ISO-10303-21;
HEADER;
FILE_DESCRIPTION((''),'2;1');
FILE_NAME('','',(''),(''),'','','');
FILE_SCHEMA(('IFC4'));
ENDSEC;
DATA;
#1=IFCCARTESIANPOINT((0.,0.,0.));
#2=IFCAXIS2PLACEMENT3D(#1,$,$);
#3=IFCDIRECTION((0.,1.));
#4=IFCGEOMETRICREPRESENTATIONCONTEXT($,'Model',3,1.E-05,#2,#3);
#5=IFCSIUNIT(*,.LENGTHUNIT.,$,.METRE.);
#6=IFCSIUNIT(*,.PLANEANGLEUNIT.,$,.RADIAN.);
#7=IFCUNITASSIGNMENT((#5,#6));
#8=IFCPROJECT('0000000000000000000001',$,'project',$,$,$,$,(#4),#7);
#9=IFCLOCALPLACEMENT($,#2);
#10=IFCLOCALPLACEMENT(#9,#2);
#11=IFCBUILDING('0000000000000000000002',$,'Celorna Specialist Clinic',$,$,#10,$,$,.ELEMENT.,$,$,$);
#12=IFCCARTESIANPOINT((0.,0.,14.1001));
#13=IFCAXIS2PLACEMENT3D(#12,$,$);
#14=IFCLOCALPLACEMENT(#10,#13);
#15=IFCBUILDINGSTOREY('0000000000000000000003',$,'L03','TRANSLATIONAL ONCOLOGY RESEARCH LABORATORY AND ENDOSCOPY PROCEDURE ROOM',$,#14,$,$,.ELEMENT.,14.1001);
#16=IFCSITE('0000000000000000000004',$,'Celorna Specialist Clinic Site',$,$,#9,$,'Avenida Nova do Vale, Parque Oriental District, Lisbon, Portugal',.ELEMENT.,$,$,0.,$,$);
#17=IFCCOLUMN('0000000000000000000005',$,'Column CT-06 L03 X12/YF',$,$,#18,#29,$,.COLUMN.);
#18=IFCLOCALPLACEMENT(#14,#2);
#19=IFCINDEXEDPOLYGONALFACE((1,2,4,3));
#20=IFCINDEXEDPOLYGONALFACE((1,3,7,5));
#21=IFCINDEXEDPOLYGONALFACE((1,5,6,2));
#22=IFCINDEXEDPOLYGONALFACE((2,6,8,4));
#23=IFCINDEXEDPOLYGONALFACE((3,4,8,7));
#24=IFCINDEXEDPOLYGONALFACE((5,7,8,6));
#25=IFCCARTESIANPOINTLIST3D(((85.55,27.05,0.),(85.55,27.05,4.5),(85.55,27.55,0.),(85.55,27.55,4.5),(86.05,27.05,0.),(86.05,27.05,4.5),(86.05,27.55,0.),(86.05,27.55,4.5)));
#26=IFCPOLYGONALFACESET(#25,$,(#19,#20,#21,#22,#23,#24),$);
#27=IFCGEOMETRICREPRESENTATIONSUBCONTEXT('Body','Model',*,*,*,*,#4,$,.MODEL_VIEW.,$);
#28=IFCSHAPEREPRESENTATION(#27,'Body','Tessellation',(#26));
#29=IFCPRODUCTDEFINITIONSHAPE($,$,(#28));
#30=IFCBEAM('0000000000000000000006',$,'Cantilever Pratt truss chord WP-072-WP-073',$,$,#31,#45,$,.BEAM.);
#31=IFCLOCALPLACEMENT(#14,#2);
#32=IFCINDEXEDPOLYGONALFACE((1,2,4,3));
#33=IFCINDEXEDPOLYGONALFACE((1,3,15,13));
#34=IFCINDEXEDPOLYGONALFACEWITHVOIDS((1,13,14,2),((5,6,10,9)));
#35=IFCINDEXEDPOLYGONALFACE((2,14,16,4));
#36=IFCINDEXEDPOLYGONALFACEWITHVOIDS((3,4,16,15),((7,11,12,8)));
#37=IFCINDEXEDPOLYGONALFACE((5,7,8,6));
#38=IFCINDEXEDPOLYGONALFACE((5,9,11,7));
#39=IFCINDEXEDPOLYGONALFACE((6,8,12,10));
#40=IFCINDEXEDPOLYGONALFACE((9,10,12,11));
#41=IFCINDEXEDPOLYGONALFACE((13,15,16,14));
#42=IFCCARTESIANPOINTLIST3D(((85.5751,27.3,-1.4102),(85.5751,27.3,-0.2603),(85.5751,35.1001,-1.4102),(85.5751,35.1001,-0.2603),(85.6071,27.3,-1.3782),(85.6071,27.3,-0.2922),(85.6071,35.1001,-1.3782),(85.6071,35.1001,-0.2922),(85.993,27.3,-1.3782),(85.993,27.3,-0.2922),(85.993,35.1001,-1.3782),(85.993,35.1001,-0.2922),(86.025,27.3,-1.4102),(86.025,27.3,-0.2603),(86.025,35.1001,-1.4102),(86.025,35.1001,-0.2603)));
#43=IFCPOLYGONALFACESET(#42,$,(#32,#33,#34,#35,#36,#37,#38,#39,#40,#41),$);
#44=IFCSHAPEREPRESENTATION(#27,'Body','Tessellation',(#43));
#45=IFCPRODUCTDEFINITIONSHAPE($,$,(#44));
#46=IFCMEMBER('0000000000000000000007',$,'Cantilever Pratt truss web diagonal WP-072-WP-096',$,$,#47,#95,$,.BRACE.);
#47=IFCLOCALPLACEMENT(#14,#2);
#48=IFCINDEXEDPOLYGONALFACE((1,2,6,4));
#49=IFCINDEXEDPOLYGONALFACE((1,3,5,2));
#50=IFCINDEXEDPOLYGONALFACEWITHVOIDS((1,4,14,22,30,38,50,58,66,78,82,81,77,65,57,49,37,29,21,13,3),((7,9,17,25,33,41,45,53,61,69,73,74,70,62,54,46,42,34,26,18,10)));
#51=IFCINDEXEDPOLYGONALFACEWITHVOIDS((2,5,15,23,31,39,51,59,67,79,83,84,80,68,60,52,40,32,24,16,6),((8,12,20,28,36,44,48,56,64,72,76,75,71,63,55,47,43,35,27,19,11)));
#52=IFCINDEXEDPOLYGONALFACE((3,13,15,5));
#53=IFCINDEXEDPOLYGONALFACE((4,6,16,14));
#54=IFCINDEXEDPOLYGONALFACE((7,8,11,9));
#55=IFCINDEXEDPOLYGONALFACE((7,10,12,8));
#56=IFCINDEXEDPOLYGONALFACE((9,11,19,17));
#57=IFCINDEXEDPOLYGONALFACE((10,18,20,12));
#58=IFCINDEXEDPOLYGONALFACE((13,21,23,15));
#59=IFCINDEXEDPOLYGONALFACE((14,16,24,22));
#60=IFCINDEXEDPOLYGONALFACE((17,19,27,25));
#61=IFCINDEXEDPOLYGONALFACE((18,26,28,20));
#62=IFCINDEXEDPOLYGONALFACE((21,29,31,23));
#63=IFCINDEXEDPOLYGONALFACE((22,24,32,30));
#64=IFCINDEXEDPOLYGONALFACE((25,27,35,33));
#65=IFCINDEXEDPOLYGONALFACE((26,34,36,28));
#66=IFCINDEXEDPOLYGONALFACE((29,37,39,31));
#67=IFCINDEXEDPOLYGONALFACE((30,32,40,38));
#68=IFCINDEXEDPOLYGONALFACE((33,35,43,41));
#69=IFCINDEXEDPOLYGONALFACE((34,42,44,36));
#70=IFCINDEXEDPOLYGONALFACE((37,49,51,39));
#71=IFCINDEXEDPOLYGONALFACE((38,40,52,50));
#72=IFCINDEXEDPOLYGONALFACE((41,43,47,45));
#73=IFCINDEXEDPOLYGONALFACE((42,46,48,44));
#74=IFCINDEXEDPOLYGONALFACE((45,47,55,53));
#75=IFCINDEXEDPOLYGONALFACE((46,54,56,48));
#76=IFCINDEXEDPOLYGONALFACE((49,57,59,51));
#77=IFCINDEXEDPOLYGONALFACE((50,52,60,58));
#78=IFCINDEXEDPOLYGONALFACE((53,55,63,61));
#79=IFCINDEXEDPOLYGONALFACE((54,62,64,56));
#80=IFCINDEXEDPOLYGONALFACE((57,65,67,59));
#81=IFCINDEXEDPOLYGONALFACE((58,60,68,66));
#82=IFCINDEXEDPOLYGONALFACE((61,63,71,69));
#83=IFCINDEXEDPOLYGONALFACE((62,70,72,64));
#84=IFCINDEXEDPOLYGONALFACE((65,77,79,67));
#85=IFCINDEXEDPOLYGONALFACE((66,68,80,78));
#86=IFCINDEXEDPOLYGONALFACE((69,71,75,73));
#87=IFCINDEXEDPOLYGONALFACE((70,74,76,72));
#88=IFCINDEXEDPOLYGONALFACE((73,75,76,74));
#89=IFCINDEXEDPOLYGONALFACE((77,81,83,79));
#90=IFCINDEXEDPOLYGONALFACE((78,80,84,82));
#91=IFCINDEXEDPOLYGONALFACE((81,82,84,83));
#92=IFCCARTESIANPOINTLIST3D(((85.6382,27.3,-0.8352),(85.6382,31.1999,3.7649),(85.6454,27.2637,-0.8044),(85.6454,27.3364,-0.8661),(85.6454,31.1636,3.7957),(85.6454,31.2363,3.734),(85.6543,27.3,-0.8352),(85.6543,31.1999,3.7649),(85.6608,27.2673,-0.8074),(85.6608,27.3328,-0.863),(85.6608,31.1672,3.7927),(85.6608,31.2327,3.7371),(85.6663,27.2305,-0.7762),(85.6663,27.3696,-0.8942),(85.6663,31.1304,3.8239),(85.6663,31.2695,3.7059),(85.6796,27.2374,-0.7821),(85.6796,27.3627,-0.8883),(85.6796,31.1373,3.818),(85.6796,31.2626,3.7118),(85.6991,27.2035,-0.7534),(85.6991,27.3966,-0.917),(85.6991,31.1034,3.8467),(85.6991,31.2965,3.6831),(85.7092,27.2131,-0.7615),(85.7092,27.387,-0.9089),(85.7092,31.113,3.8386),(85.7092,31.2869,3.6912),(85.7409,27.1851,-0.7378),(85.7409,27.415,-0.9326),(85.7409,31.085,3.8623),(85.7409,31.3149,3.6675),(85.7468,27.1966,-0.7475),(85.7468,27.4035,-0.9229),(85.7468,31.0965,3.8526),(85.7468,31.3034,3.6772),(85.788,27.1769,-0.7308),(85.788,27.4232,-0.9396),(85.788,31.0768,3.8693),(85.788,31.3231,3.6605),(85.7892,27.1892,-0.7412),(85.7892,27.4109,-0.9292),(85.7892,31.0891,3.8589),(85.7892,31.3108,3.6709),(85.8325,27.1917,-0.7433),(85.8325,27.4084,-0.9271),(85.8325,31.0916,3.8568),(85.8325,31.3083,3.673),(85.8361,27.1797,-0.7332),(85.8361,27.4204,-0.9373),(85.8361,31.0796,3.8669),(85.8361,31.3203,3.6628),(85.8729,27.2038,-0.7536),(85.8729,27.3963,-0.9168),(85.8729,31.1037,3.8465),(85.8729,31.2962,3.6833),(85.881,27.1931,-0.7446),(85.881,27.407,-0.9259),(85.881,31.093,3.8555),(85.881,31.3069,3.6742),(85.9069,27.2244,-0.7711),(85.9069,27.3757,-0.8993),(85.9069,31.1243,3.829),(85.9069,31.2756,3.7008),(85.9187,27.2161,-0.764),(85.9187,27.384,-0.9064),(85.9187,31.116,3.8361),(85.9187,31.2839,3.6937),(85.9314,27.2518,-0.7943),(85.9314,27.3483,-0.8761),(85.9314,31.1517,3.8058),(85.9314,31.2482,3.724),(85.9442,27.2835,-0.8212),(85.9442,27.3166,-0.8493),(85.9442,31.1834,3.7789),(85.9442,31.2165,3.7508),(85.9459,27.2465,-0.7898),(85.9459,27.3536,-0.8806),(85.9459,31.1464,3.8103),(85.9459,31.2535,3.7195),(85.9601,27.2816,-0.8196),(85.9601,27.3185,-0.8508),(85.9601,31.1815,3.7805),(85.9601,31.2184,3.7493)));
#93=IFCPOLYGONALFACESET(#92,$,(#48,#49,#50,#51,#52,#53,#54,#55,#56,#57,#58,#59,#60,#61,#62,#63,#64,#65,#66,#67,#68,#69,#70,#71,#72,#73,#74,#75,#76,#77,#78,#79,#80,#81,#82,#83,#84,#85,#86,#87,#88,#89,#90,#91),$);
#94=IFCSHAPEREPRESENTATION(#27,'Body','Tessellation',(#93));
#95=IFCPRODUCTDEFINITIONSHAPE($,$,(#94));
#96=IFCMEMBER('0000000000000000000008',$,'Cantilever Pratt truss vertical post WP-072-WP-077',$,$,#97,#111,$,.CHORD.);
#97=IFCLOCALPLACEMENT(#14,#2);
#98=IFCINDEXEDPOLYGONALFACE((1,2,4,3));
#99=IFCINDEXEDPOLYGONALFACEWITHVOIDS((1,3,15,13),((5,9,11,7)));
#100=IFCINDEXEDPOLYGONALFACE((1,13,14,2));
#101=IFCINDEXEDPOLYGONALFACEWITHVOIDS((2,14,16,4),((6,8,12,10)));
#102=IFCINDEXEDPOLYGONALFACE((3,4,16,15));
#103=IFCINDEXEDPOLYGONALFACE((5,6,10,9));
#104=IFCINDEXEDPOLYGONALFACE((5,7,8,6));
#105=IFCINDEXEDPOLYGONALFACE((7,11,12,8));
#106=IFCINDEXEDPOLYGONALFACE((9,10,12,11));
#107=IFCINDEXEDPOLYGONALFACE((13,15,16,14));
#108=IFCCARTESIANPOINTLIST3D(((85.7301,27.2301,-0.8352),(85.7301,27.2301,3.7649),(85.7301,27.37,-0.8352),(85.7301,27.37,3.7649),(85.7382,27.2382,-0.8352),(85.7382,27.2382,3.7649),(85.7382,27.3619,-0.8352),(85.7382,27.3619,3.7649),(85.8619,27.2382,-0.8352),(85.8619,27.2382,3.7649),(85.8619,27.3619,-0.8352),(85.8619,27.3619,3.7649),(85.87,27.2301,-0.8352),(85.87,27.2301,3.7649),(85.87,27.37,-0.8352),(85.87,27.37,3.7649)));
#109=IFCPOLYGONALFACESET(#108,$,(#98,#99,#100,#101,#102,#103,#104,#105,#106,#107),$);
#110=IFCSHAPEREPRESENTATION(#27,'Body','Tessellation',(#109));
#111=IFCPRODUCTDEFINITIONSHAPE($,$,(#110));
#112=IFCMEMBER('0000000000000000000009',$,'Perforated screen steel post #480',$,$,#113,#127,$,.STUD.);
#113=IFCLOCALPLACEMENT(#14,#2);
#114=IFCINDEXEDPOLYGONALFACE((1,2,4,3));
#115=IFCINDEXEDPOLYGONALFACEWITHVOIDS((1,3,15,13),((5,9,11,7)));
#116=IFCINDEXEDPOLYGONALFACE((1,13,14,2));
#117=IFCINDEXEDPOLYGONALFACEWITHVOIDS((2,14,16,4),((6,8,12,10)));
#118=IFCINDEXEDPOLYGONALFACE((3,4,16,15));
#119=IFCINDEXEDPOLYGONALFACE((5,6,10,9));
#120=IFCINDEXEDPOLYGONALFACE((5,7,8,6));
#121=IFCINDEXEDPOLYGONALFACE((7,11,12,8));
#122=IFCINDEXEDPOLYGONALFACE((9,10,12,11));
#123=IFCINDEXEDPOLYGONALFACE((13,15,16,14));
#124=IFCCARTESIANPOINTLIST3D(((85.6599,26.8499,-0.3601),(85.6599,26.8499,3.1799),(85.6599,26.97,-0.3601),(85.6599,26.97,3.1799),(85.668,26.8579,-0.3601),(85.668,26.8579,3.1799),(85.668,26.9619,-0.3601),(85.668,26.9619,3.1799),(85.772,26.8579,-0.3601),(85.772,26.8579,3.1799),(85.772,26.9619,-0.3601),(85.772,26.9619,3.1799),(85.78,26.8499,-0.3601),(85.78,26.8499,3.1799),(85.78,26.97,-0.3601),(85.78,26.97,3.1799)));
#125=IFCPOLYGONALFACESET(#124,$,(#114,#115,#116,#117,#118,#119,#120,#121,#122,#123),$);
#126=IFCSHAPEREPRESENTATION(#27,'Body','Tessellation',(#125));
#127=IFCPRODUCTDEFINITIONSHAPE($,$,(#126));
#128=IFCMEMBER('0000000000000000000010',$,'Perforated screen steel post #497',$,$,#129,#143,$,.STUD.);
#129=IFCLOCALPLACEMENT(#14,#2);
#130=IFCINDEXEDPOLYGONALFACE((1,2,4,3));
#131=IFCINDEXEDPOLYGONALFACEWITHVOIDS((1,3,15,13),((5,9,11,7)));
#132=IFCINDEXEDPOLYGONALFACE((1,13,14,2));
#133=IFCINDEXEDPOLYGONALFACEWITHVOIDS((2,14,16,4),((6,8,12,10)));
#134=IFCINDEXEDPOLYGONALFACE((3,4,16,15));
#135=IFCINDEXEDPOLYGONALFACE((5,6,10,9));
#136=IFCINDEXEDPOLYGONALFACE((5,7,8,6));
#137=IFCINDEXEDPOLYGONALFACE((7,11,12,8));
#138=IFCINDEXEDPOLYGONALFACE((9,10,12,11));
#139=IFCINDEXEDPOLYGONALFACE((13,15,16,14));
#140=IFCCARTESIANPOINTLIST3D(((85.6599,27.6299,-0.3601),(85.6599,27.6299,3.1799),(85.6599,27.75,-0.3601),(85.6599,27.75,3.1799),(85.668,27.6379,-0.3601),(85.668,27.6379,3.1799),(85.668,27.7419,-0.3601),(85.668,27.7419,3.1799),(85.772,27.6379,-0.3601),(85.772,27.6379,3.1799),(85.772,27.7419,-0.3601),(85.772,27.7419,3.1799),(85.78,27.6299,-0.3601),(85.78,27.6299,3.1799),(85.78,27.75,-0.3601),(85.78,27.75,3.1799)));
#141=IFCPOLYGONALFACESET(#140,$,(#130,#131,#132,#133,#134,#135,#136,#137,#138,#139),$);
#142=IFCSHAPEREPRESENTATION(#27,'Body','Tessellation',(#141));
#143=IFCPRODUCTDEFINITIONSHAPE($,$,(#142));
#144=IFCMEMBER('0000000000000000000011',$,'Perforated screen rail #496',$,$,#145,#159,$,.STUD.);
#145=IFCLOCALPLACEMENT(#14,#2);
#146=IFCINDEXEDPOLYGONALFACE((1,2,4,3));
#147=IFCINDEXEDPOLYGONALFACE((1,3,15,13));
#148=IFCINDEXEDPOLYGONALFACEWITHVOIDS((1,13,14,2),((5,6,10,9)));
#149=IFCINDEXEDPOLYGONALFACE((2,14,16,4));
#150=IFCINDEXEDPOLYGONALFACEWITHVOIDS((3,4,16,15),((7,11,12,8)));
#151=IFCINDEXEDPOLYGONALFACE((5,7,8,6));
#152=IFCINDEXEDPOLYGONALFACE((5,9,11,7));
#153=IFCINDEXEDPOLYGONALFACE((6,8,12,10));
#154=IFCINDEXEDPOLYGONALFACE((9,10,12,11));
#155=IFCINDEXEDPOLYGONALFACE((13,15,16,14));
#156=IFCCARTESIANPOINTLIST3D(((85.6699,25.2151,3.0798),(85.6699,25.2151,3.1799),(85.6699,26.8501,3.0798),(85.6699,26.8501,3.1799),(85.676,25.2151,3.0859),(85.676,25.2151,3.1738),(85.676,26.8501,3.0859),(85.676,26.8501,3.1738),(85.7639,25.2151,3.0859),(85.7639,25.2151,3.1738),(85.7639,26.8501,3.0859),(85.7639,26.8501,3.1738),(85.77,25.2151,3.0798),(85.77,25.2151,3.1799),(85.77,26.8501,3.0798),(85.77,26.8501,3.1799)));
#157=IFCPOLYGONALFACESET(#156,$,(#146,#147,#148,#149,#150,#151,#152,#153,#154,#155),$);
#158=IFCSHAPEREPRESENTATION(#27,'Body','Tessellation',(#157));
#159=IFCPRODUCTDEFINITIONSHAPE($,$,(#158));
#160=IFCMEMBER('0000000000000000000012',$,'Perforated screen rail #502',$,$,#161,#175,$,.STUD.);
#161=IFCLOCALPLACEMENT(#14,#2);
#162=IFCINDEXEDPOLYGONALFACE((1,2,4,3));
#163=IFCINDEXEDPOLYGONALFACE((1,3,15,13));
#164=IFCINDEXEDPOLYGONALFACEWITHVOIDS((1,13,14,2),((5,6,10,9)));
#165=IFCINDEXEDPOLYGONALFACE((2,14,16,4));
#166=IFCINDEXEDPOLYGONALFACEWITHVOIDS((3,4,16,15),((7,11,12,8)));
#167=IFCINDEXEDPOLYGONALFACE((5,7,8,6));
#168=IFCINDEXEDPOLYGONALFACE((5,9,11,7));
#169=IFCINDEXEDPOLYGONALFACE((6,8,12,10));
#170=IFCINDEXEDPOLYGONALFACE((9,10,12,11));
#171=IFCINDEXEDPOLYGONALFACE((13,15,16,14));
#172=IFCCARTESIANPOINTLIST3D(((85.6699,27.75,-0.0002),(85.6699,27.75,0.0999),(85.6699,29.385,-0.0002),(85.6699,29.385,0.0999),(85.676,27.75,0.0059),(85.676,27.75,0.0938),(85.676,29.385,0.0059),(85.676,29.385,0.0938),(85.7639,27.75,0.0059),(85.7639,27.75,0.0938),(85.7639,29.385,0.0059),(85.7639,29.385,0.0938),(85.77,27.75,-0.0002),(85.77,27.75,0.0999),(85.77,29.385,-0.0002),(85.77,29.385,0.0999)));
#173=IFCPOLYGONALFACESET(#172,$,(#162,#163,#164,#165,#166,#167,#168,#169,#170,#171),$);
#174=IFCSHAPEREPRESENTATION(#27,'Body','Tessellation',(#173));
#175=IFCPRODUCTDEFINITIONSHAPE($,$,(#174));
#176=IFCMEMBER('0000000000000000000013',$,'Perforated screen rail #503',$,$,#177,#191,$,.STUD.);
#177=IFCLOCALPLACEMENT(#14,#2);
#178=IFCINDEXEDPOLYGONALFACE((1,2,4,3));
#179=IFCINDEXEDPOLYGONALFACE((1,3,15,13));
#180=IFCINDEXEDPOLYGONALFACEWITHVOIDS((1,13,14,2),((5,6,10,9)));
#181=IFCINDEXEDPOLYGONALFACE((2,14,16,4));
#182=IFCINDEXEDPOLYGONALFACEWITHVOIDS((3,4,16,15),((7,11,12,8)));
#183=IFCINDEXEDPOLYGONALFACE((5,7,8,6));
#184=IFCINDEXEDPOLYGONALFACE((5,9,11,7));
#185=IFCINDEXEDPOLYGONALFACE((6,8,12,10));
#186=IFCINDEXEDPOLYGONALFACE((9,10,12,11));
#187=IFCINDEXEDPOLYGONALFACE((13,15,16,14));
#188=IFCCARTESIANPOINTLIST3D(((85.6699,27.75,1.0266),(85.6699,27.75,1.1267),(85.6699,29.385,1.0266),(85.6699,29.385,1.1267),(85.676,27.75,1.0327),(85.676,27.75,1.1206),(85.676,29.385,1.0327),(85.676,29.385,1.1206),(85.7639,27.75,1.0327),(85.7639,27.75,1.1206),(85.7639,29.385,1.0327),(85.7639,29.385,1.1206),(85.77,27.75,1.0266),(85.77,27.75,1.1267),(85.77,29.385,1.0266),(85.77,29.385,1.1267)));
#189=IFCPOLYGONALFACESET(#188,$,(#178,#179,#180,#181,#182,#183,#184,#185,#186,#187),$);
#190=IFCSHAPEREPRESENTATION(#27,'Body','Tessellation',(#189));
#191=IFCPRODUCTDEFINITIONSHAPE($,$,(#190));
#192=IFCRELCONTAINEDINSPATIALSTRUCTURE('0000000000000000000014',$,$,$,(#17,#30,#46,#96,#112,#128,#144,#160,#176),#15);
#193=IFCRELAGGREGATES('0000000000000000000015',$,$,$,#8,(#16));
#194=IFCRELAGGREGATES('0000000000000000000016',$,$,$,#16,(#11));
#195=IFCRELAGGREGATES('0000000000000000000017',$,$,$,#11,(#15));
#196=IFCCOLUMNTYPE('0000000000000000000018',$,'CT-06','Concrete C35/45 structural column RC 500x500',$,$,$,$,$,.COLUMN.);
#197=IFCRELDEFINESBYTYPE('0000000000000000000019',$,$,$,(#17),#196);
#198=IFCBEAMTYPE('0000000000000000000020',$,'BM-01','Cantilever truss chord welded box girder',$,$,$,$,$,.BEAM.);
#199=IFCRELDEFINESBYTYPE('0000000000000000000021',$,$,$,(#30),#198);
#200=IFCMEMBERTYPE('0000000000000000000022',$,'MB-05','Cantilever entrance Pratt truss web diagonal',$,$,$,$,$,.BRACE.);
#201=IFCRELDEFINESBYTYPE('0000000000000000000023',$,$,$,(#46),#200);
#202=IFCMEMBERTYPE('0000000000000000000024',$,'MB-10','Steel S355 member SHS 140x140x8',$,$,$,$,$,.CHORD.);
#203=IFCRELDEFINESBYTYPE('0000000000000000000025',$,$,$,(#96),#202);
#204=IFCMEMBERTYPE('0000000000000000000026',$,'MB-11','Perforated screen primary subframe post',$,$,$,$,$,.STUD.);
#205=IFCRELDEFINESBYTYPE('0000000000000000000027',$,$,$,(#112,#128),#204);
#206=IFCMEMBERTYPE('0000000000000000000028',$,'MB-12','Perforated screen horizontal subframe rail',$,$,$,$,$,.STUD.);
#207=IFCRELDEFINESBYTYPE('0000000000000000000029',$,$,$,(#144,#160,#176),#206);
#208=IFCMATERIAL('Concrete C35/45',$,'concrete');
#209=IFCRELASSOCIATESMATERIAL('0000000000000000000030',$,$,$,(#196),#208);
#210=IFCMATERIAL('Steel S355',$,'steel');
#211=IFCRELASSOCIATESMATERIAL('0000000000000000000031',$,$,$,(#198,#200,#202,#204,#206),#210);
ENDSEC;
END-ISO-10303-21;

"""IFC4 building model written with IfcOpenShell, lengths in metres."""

from ifc_helpers import new_model, si_unit, direction, frame, origin, origin_2d, place, context, subcontext, project, spatial, rectangle, hollow_rectangle, hollow_circle, extrude, material, material_profile, profile_set, type_object, element, save


model = new_model("IFC4")

# Units and contexts
model_context = context("Model", 3, precision=1e-05, world=origin(), true_north=direction((0.0, 1.0)))
body_context = subcontext(model_context, "Body", "Model", "MODEL_VIEW")
ifc_project = project(units=[si_unit("LENGTHUNIT", "METRE"), si_unit("PLANEANGLEUNIT", "RADIAN")], contexts=[model_context])

# Site, building, storey
site_placement = place(None, origin())
site = spatial("IfcSite", under=ifc_project, at=site_placement, Name="Celorna Specialist Clinic Site", LongName="Avenida Nova do Vale, Parque Oriental District, Lisbon, Portugal", CompositionType="ELEMENT", RefElevation=0.0)
building_placement = place(site_placement, origin())
building = spatial("IfcBuilding", under=site, at=building_placement, Name="Celorna Specialist Clinic", CompositionType="ELEMENT")
storey_placement = place(building_placement, frame((0.0, 0.0, 14.1001)))
storey = spatial("IfcBuildingStorey", under=building, at=storey_placement, Name="L03", Description="TRANSLATIONAL ONCOLOGY RESEARCH LABORATORY AND ENDOSCOPY PROCEDURE ROOM", CompositionType="ELEMENT", Elevation=14.1001)

# Column
ifc_material_1 = material(Name="Concrete C35/45", Category="concrete")
ifc_material_profile_1 = material_profile(ifc_material_1, rectangle(XDim=0.5, YDim=0.5, at=origin_2d()), Name="RC 500x500")
ifc_profile_set_1 = profile_set([ifc_material_profile_1], Name="Concrete C35/45")
column_type = type_object("IfcColumnType", Name="CT-06", Description="Concrete C35/45 structural column RC 500x500", PredefinedType="COLUMN", material=ifc_profile_set_1)
column_placement = place(storey_placement, frame((85.8, 27.3, 0.0), z_axis=(0.0, 0.0, 1.0), x_axis=(1.0, 0.0, 0.0)))
element("IfcColumn", 1, at=column_placement, inside=storey, type_object=column_type, Name="Column CT-06 L03 X12/YF", PredefinedType="COLUMN", context=body_context, shape_type="SweptSolid", body=[
    extrude(rectangle(XDim=0.5, YDim=0.5, at=origin_2d()), origin(), (0.0, 0.0, 1.0), 4.5),
])

# Beam
ifc_material_2 = material(Name="Steel S355", Category="steel")
ifc_material_profile_2 = material_profile(ifc_material_2, hollow_rectangle(XDim=0.45, YDim=1.1499, WallThickness=0.032, at=origin_2d()), Name="BOX 450x1150x32")
ifc_profile_set_2 = profile_set([ifc_material_profile_2], Name="Steel S355")
beam_type = type_object("IfcBeamType", Name="BM-01", Description="Cantilever truss chord welded box girder", PredefinedType="BEAM", material=ifc_profile_set_2)
beam_placement = place(storey_placement, frame((85.8, 27.3, -0.8352), z_axis=(0.0, 1.0, 0.0), x_axis=(-1.0, 0.0, 0.0)))
element("IfcBeam", 2, at=beam_placement, inside=storey, type_object=beam_type, Name="Cantilever Pratt truss chord WP-072-WP-073", PredefinedType="BEAM", context=body_context, shape_type="SweptSolid", body=[
    extrude(hollow_rectangle(XDim=0.45, YDim=1.1499, WallThickness=0.032, at=origin_2d()), origin(), (0.0, 0.0, 1.0), 7.8),
])

# Members
ifc_material_profile_3 = material_profile(ifc_material_2, hollow_circle(Radius=0.1619, WallThickness=0.0161, at=origin_2d()), Name="CHS 323.9x16")
ifc_profile_set_3 = profile_set([ifc_material_profile_3], Name="Steel S355")
member_type_1 = type_object("IfcMemberType", Name="MB-05", Description="Cantilever entrance Pratt truss web diagonal", PredefinedType="BRACE", material=ifc_profile_set_3)
member_1_placement = place(storey_placement, frame((85.8, 27.3, -0.8352), z_axis=(0.0, 0.646668, 0.762772), x_axis=(-1.0, 0.0, 0.0)))
element("IfcMember", 3, at=member_1_placement, inside=storey, type_object=member_type_1, Name="Cantilever Pratt truss web diagonal WP-072-WP-096", PredefinedType="BRACE", context=body_context, shape_type="SweptSolid", body=[
    extrude(hollow_circle(Radius=0.1619, WallThickness=0.0161, at=origin_2d()), origin(), (0.0, 0.0, 1.0), 6.0308),
])
ifc_material_profile_4 = material_profile(ifc_material_2, hollow_rectangle(XDim=0.1399, YDim=0.1399, WallThickness=0.0081, at=origin_2d()), Name="SHS 140x140x8")
ifc_profile_set_4 = profile_set([ifc_material_profile_4], Name="Steel S355")
member_type_2 = type_object("IfcMemberType", Name="MB-10", Description="Steel S355 member SHS 140x140x8", PredefinedType="CHORD", material=ifc_profile_set_4)
member_2_placement = place(storey_placement, frame((85.8, 27.3, -0.8352), z_axis=(0.0, 0.0, 1.0), x_axis=(1.0, 0.0, 0.0)))
element("IfcMember", 4, at=member_2_placement, inside=storey, type_object=member_type_2, Name="Cantilever Pratt truss vertical post WP-072-WP-077", PredefinedType="CHORD", context=body_context, shape_type="SweptSolid", body=[
    extrude(hollow_rectangle(XDim=0.1399, YDim=0.1399, WallThickness=0.0081, at=origin_2d()), origin(), (0.0, 0.0, 1.0), 4.6001),
])
ifc_material_profile_5 = material_profile(ifc_material_2, hollow_rectangle(XDim=0.1201, YDim=0.1201, WallThickness=0.0081, at=origin_2d()), Name="SHS 120x120x8")
ifc_profile_set_5 = profile_set([ifc_material_profile_5], Name="Steel S355")
member_type_3 = type_object("IfcMemberType", Name="MB-11", Description="Perforated screen primary subframe post", PredefinedType="STUD", material=ifc_profile_set_5)
for number, where, z_axis, x_axis, name in (
    (5, (85.72, 26.9099, -0.3601), (0.0, 0.0, 1.0), (1.0, 0.0, 0.0), "Perforated screen steel post #480"),
    (6, (85.72, 27.6899, -0.3601), (0.0, 0.0, 1.0), (1.0, 0.0, 0.0), "Perforated screen steel post #497"),
):
    element("IfcMember", number, at=place(storey_placement, frame(where, z_axis=z_axis, x_axis=x_axis)), inside=storey, type_object=member_type_3, Name=name, PredefinedType="STUD", context=body_context, shape_type="SweptSolid", body=[
        extrude(hollow_rectangle(XDim=0.1201, YDim=0.1201, WallThickness=0.0081, at=origin_2d()), origin(), (0.0, 0.0, 1.0), 3.54),
    ])
ifc_material_profile_6 = material_profile(ifc_material_2, hollow_rectangle(XDim=0.1001, YDim=0.1001, WallThickness=0.0061, at=origin_2d()), Name="SHS 100x100x6")
ifc_profile_set_6 = profile_set([ifc_material_profile_6], Name="Steel S355")
member_type_4 = type_object("IfcMemberType", Name="MB-12", Description="Perforated screen horizontal subframe rail", PredefinedType="STUD", material=ifc_profile_set_6)
for number, where, z_axis, x_axis, name in (
    (7, (85.72, 25.2151, 3.1299), (0.0, 1.0, 0.0), (-1.0, 0.0, 0.0), "Perforated screen rail #496"),
    (8, (85.72, 27.75, 0.0498), (0.0, 1.0, 0.0), (-1.0, 0.0, 0.0), "Perforated screen rail #502"),
    (9, (85.72, 27.75, 1.0767), (0.0, 1.0, 0.0), (-1.0, 0.0, 0.0), "Perforated screen rail #503"),
):
    element("IfcMember", number, at=place(storey_placement, frame(where, z_axis=z_axis, x_axis=x_axis)), inside=storey, type_object=member_type_4, Name=name, PredefinedType="STUD", context=body_context, shape_type="SweptSolid", body=[
        extrude(hollow_rectangle(XDim=0.1001, YDim=0.1001, WallThickness=0.0061, at=origin_2d()), origin(), (0.0, 0.0, 1.0), 1.635),
    ])

save(model, "model.ifc")
